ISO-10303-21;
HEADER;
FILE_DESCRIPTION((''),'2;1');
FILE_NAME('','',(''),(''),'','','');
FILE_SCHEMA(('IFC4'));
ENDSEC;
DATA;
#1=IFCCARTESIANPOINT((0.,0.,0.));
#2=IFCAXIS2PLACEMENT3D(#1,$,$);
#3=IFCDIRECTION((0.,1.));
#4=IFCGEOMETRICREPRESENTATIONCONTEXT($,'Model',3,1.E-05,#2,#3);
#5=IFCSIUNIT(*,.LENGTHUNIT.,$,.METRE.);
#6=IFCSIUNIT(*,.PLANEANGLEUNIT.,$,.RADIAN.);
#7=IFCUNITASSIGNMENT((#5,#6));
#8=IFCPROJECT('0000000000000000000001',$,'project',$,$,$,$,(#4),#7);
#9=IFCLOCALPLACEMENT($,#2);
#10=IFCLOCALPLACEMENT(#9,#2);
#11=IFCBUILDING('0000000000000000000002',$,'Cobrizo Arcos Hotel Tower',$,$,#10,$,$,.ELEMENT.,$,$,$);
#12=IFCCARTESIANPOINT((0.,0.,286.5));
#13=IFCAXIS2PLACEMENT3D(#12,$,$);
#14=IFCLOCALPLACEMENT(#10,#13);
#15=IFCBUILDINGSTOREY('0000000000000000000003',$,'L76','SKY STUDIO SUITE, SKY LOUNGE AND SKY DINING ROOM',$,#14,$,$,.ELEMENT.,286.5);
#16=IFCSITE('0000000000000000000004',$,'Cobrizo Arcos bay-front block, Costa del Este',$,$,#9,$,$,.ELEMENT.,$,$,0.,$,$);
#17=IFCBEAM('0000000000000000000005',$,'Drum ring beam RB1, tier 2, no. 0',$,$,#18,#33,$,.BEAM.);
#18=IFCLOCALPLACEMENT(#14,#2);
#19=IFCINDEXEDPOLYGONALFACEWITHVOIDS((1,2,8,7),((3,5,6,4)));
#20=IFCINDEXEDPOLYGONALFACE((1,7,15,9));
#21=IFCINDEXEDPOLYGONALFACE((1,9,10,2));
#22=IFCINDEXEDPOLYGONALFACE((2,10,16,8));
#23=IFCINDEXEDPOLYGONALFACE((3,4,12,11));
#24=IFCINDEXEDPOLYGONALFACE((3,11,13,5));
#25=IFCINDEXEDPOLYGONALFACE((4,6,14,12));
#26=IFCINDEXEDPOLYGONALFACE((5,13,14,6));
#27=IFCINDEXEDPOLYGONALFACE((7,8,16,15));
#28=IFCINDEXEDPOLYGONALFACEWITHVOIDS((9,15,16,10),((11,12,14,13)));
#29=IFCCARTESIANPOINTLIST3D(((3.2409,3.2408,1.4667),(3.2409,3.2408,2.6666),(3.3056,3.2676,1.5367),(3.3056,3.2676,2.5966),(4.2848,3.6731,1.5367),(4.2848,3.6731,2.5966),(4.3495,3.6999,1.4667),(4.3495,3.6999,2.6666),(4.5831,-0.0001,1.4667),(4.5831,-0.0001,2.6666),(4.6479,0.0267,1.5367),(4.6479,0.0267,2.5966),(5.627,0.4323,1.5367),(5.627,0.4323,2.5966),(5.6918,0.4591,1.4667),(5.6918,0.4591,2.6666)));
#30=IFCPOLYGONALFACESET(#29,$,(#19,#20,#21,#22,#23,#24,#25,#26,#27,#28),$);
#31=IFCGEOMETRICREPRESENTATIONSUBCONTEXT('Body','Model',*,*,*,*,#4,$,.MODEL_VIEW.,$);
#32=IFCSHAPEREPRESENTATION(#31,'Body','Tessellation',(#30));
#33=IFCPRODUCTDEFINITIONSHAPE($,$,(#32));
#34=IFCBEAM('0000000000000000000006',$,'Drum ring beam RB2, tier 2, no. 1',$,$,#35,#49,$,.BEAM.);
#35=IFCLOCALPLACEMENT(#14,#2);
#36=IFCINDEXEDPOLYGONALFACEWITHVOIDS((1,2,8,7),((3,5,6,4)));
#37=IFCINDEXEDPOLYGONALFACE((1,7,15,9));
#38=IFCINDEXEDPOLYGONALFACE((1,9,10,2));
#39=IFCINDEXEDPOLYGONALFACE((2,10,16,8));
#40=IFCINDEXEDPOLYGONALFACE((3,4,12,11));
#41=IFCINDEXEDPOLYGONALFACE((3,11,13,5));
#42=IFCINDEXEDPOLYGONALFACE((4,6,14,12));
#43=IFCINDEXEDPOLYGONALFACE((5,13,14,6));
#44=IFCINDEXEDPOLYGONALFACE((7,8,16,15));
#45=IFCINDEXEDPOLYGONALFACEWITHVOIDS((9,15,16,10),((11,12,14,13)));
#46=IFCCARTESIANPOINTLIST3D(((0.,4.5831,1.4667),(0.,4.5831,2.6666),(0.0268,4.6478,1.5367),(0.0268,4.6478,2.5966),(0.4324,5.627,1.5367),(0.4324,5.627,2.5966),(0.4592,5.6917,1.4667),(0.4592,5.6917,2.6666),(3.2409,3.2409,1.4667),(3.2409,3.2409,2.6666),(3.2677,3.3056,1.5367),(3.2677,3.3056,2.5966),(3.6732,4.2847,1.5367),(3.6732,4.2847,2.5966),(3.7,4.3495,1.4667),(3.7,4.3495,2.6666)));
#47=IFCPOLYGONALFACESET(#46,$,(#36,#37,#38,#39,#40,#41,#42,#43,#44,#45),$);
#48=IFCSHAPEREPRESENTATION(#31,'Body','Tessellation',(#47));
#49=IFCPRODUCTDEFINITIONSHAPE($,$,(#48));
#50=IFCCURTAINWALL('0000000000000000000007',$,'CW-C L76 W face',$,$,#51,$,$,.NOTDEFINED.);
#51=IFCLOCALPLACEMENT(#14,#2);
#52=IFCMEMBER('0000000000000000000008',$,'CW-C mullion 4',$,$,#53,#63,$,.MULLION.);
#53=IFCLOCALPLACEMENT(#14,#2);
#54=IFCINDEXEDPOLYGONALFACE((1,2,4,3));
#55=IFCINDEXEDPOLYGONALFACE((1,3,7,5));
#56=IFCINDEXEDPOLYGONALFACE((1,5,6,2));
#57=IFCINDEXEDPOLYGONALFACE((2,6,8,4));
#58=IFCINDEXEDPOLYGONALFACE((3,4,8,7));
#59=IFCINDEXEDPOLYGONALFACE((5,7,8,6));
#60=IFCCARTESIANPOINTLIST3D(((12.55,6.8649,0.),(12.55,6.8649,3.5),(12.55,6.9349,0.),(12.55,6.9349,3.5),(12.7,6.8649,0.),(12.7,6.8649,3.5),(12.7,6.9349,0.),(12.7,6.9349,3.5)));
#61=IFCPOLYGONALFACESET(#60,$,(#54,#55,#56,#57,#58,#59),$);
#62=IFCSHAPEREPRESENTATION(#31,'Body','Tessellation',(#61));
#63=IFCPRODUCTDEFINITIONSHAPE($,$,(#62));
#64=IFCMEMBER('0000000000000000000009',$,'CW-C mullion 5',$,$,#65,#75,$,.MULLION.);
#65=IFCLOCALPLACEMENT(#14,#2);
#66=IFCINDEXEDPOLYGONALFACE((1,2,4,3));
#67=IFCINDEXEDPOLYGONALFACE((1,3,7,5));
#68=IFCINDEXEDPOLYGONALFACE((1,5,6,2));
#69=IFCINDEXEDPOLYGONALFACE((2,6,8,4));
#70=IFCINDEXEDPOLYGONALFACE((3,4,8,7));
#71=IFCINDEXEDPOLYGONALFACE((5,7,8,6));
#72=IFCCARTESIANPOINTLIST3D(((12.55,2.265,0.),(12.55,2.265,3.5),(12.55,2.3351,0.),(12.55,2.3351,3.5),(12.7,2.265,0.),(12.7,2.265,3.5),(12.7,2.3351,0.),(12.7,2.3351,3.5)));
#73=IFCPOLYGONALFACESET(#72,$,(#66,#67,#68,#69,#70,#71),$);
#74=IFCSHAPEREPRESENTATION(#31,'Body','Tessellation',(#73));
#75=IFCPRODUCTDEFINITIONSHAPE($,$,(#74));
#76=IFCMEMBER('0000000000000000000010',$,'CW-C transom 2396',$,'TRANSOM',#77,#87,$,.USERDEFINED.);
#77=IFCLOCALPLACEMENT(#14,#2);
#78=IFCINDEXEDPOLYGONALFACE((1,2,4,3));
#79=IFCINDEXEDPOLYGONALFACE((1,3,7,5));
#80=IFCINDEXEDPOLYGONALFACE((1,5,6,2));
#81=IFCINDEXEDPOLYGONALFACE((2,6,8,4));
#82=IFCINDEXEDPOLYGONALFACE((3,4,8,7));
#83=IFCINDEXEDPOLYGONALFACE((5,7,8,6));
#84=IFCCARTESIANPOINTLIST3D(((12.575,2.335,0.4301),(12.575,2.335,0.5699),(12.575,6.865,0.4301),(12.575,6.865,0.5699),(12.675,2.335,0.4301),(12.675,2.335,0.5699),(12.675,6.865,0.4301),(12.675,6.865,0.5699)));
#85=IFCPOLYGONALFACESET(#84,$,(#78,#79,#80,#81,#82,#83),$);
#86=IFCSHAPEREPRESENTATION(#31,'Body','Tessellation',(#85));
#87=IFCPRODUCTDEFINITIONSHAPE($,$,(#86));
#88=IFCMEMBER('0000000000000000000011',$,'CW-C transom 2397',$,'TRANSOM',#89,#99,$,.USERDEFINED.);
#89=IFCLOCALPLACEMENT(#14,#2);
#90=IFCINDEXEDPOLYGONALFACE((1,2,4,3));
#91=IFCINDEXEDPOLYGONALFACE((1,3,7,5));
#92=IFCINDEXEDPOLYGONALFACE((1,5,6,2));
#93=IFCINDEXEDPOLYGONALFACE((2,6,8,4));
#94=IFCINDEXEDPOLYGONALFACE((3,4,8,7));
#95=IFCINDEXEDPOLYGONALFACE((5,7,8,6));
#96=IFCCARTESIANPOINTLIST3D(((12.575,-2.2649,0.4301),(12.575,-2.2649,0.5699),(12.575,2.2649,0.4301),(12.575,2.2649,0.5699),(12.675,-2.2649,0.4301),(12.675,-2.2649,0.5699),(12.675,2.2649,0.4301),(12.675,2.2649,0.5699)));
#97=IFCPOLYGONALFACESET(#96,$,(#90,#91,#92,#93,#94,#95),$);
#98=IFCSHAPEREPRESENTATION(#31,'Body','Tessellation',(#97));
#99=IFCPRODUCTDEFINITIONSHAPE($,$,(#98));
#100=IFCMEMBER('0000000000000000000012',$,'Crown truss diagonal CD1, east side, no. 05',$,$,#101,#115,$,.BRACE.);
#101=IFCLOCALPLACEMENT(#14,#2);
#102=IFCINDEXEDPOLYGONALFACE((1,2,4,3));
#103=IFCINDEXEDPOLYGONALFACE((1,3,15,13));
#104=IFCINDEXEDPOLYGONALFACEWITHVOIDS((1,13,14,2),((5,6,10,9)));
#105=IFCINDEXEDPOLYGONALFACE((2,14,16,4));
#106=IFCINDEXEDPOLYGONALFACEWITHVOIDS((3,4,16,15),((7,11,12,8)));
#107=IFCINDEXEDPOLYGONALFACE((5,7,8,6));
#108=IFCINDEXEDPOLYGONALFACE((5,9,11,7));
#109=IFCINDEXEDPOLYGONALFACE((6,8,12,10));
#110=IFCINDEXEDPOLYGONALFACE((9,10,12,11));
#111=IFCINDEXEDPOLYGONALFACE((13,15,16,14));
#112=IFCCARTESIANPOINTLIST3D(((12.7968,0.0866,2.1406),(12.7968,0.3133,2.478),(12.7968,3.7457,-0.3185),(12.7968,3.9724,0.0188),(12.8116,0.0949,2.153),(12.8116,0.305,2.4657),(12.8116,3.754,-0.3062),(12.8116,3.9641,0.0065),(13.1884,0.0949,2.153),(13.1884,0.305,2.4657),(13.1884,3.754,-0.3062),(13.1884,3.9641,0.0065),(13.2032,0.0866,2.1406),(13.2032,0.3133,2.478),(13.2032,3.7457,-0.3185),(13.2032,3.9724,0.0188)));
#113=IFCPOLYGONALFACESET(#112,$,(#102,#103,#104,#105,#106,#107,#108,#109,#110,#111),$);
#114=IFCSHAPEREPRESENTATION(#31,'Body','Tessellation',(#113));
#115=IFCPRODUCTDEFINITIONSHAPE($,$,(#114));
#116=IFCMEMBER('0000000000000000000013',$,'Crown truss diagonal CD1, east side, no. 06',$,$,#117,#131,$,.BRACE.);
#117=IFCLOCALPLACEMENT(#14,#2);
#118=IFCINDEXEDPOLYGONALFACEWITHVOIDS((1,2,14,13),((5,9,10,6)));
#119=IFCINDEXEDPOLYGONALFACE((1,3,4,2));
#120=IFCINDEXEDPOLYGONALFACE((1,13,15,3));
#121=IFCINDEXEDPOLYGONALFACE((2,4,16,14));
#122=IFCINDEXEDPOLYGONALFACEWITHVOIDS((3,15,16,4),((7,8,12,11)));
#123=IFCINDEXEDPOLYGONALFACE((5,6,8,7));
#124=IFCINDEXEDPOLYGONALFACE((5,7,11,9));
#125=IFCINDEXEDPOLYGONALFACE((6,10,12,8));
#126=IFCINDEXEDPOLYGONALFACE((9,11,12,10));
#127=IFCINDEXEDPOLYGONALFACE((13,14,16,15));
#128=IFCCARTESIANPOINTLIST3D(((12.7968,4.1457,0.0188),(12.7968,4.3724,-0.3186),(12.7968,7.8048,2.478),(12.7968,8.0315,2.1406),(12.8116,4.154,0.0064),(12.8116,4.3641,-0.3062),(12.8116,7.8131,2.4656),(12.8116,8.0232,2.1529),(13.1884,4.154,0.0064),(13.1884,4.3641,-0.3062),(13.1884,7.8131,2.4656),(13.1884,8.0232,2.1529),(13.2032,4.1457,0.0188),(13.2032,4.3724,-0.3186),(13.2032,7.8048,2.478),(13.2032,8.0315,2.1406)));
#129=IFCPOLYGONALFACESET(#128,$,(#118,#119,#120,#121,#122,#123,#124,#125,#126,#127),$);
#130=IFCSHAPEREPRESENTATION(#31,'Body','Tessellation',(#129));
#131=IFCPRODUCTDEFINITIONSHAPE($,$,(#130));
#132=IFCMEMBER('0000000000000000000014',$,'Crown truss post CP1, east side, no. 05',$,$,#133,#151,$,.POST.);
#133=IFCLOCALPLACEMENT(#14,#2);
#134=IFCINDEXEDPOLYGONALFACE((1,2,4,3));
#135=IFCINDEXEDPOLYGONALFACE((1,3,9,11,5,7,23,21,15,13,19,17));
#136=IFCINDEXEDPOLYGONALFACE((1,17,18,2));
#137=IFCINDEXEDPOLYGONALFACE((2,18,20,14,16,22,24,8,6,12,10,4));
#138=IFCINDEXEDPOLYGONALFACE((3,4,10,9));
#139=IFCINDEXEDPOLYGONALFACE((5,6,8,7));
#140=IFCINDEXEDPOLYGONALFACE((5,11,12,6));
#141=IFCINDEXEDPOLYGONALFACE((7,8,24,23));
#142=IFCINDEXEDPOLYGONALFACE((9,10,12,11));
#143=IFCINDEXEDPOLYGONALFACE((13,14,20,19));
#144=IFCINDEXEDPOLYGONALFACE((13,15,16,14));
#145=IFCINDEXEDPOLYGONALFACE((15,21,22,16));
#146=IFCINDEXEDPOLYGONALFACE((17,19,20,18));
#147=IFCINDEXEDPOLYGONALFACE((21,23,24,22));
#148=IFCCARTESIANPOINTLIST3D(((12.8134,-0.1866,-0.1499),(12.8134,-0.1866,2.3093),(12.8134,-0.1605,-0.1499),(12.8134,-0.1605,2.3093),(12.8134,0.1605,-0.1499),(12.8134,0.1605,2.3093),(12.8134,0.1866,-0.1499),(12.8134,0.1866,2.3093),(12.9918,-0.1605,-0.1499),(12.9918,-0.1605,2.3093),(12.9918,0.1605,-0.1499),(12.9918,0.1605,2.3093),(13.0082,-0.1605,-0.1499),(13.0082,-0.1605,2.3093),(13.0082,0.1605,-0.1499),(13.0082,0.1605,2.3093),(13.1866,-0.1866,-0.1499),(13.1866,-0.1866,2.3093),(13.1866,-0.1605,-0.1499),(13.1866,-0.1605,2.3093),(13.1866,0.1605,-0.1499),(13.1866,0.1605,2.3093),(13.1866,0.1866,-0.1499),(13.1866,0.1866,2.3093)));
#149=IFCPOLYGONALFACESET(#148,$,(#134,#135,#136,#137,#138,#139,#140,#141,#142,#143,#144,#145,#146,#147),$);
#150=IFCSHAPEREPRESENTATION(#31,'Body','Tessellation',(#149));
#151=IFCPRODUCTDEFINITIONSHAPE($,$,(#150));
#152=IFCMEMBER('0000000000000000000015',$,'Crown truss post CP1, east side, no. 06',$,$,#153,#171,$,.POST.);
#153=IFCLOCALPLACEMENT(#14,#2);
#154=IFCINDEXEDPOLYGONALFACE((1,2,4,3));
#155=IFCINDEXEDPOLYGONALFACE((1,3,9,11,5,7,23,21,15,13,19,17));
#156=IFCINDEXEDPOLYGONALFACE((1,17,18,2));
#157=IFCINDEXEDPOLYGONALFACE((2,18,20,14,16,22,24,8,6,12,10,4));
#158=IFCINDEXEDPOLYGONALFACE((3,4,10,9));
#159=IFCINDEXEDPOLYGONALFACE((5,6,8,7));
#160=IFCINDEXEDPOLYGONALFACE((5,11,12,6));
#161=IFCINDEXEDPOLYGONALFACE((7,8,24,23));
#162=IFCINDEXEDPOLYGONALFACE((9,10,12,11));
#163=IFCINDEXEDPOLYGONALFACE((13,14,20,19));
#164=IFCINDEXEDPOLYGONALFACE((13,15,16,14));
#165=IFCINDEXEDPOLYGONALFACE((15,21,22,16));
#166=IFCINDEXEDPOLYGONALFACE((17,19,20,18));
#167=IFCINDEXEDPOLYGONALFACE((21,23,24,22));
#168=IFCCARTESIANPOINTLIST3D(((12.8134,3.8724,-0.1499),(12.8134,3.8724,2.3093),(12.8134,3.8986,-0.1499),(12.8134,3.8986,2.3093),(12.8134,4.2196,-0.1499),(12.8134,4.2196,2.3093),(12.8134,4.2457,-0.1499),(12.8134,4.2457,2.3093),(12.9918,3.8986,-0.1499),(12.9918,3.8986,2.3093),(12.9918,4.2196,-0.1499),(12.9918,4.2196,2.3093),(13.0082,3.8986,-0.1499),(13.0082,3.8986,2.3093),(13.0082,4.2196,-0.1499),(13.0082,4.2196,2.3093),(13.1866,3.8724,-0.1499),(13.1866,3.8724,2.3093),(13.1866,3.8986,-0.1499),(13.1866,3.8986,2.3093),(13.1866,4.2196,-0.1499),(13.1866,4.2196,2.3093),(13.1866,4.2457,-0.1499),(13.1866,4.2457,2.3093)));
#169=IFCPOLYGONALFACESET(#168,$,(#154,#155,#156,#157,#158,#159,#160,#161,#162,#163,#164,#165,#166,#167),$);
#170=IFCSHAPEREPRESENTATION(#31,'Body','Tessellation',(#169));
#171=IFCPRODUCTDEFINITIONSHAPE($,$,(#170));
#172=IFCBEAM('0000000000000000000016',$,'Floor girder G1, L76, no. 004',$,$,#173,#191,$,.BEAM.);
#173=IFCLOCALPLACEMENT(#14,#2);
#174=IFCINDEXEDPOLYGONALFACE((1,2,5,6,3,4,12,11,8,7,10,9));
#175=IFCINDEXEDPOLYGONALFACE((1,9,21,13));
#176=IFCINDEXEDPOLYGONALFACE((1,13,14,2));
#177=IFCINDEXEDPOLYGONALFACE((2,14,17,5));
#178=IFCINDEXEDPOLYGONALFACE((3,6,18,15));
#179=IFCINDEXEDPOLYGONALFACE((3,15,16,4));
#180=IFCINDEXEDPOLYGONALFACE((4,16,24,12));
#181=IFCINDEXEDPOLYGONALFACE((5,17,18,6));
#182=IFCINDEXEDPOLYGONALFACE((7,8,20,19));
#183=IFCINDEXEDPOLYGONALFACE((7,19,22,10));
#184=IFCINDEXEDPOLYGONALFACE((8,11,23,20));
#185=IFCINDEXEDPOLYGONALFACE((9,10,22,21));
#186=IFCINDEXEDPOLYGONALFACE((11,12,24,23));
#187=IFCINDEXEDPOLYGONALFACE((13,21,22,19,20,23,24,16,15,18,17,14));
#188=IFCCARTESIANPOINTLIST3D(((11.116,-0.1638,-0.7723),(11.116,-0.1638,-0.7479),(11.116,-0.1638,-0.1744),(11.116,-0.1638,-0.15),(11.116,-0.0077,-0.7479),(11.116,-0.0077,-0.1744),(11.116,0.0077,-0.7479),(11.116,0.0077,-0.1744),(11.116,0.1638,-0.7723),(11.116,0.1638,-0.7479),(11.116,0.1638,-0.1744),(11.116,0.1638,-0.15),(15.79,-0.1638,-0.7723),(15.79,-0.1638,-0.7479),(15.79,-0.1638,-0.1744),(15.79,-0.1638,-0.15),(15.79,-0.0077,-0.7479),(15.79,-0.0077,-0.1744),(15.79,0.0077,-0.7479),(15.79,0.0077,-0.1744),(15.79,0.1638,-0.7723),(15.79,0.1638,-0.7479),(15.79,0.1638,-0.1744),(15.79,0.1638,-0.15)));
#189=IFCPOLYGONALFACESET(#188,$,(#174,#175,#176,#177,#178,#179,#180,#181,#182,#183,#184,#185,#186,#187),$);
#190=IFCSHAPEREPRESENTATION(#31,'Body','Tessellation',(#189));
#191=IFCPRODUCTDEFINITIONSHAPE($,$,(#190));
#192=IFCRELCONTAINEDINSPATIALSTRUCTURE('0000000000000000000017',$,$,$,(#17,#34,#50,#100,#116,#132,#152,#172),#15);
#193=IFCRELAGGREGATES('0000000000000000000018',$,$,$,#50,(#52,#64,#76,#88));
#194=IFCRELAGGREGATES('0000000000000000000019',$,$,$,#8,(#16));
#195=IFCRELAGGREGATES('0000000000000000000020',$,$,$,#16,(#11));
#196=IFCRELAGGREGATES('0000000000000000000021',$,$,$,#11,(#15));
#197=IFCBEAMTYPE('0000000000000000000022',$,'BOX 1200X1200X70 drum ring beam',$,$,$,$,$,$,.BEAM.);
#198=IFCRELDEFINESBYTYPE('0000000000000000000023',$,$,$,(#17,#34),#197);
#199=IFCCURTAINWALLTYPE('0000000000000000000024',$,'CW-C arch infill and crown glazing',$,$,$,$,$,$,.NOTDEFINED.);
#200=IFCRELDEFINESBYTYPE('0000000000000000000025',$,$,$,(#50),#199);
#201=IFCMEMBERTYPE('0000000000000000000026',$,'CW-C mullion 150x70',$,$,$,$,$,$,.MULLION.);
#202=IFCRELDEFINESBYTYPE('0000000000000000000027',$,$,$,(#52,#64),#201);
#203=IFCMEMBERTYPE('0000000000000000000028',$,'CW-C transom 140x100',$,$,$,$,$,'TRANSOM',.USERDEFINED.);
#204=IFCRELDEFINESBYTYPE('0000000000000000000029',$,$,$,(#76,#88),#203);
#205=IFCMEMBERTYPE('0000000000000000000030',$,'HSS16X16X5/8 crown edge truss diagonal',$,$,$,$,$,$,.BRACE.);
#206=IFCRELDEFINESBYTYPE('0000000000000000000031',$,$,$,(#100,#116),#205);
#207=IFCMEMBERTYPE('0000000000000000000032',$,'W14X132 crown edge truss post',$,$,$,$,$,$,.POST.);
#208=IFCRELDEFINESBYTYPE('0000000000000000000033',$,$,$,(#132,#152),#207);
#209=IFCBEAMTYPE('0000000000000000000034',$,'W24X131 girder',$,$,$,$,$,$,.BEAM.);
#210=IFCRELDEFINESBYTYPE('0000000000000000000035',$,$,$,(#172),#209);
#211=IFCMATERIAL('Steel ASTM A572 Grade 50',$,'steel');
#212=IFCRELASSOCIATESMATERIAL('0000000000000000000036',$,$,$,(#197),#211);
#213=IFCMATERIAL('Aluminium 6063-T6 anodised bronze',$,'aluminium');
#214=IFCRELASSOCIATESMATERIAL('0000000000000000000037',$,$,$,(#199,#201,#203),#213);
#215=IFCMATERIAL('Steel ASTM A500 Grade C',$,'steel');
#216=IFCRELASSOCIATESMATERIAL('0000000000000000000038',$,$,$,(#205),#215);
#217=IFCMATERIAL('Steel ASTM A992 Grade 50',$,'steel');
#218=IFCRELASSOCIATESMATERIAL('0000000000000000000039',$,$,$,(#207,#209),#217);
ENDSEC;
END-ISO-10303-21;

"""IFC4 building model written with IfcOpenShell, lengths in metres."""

from ifc_helpers import new_model, si_unit, direction, frame, origin, origin_2d, place, context, subcontext, project, spatial, rectangle, hollow_rectangle, i_section, extrude, material, material_profile, profile_set, type_object, element, aggregate, save


model = new_model("IFC4")

# Units and contexts
model_context = context("Model", 3, precision=1e-05, world=origin(), true_north=direction((0.0, 1.0)))
body_context = subcontext(model_context, "Body", "Model", "MODEL_VIEW")
ifc_project = project(units=[si_unit("LENGTHUNIT", "METRE"), si_unit("PLANEANGLEUNIT", "RADIAN")], contexts=[model_context])

# Site, building, storey
site_placement = place(None, origin())
site = spatial("IfcSite", under=ifc_project, at=site_placement, Name="Cobrizo Arcos bay-front block, Costa del Este", CompositionType="ELEMENT", RefElevation=0.0)
building_placement = place(site_placement, origin())
building = spatial("IfcBuilding", under=site, at=building_placement, Name="Cobrizo Arcos Hotel Tower", CompositionType="ELEMENT")
storey_placement = place(building_placement, frame((0.0, 0.0, 286.5)))
storey = spatial("IfcBuildingStorey", under=building, at=storey_placement, Name="L76", Description="SKY STUDIO SUITE, SKY LOUNGE AND SKY DINING ROOM", CompositionType="ELEMENT", Elevation=286.5)

# Shared definitions
ifc_material_1 = material(Name="Steel ASTM A500 Grade C", Category="steel")

# Beams
ifc_material_2 = material(Name="Steel ASTM A572 Grade 50", Category="steel")
ifc_material_profile_1 = material_profile(ifc_material_2, hollow_rectangle(XDim=1.2, YDim=1.2, WallThickness=0.0701, at=origin_2d()), Name="BOX 1200X1200X70")
ifc_profile_set_1 = profile_set([ifc_material_profile_1], Name="Steel ASTM A572 Grade 50")
beam_type_1 = type_object("IfcBeamType", Name="BOX 1200X1200X70 drum ring beam", PredefinedType="BEAM", material=ifc_profile_set_1)
for number, where, z_axis, x_axis, name in (
    (1, (5.1375, 0.2295, 2.0667), (-0.382643, 0.923896, 0.0), (-0.923896, -0.382643, 0.0), "Drum ring beam RB1, tier 2, no. 0"),
    (2, (3.4705, 3.7952, 2.0667), (-0.923896, 0.382643, 0.0), (-0.382643, -0.923896, 0.0), "Drum ring beam RB2, tier 2, no. 1"),
):
    element("IfcBeam", number, at=place(storey_placement, frame(where, z_axis=z_axis, x_axis=x_axis)), inside=storey, type_object=beam_type_1, Name=name, PredefinedType="BEAM", context=body_context, shape_type="SweptSolid", body=[
        extrude(hollow_rectangle(XDim=1.2, YDim=1.2, WallThickness=0.0701, at=origin_2d()), origin(), (0.0, 0.0, 1.0), 3.5078),
    ])

# Curtain wall, members
ifc_material_3 = material(Name="Aluminium 6063-T6 anodised bronze", Category="aluminium")
curtain_wall_type = type_object("IfcCurtainWallType", Name="CW-C arch infill and crown glazing", PredefinedType="NOTDEFINED", material=ifc_material_3)
curtain_wall_placement = place(storey_placement, origin())
curtain_wall = element("IfcCurtainWall", 3, at=curtain_wall_placement, inside=storey, type_object=curtain_wall_type, Name="CW-C L76 W face", PredefinedType="NOTDEFINED")
ifc_material_profile_2 = material_profile(ifc_material_3, rectangle(XDim=0.1499, YDim=0.0701, at=origin_2d()), Name="CW-C mullion 150x70")
ifc_profile_set_2 = profile_set([ifc_material_profile_2], Name="Aluminium 6063-T6 anodised bronze")
member_type_1 = type_object("IfcMemberType", Name="CW-C mullion 150x70", PredefinedType="MULLION", material=ifc_profile_set_2)
member_1_placement = place(storey_placement, frame((12.625, 6.8999, 0.0), z_axis=(0.0, 0.0, 1.0), x_axis=(-1.0, 0.0, 0.0)))
member_1 = element("IfcMember", 4, at=member_1_placement, type_object=member_type_1, Name="CW-C mullion 4", PredefinedType="MULLION", context=body_context, shape_type="SweptSolid", body=[
    extrude(rectangle(XDim=0.1499, YDim=0.0701, at=origin_2d()), origin(), (0.0, 0.0, 1.0), 3.5),
])
member_2_placement = place(storey_placement, frame((12.625, 2.3, 0.0), z_axis=(0.0, 0.0, 1.0), x_axis=(-1.0, 0.0, 0.0)))
member_2 = element("IfcMember", 5, at=member_2_placement, type_object=member_type_1, Name="CW-C mullion 5", PredefinedType="MULLION", context=body_context, shape_type="SweptSolid", body=[
    extrude(rectangle(XDim=0.1499, YDim=0.0701, at=origin_2d()), origin(), (0.0, 0.0, 1.0), 3.5),
])
ifc_material_profile_3 = material_profile(ifc_material_3, rectangle(XDim=0.1001, YDim=0.1399, at=origin_2d()), Name="CW-C transom 140x100")
ifc_profile_set_3 = profile_set([ifc_material_profile_3], Name="Aluminium 6063-T6 anodised bronze")
member_type_2 = type_object("IfcMemberType", Name="CW-C transom 140x100", ElementType="TRANSOM", PredefinedType="USERDEFINED", material=ifc_profile_set_3)
member_3_placement = place(storey_placement, frame((12.625, 6.865, 0.5), z_axis=(0.0, -1.0, 0.0), x_axis=(1.0, 0.0, 0.0)))
member_3 = element("IfcMember", 6, at=member_3_placement, type_object=member_type_2, Name="CW-C transom 2396", ObjectType="TRANSOM", PredefinedType="USERDEFINED", context=body_context, shape_type="SweptSolid", body=[
    extrude(rectangle(XDim=0.1001, YDim=0.1399, at=origin_2d()), origin(), (0.0, 0.0, 1.0), 4.53),
])
member_4_placement = place(storey_placement, frame((12.625, 2.2649, 0.5), z_axis=(0.0, -1.0, 0.0), x_axis=(1.0, 0.0, 0.0)))
member_4 = element("IfcMember", 7, at=member_4_placement, type_object=member_type_2, Name="CW-C transom 2397", ObjectType="TRANSOM", PredefinedType="USERDEFINED", context=body_context, shape_type="SweptSolid", body=[
    extrude(rectangle(XDim=0.1001, YDim=0.1399, at=origin_2d()), origin(), (0.0, 0.0, 1.0), 4.5298),
])

# Members
ifc_material_profile_4 = material_profile(ifc_material_1, hollow_rectangle(XDim=0.4065, YDim=0.4065, WallThickness=0.0149, at=origin_2d()), Name="HSS16X16X5/8")
ifc_profile_set_4 = profile_set([ifc_material_profile_4], Name="Steel ASTM A500 Grade C")
member_type_3 = type_object("IfcMemberType", Name="HSS16X16X5/8 crown edge truss diagonal", PredefinedType="BRACE", material=ifc_profile_set_4)
for number, where, z_axis, x_axis, name in (
    (8, (13.0, 0.2, 2.3093), (0.0, 0.829974, -0.557802), (-1.0, 0.0, 0.0), "Crown truss diagonal CD1, east side, no. 05"),
    (9, (13.0, 4.259, -0.1499), (0.0, 0.829974, 0.557802), (-1.0, 0.0, 0.0), "Crown truss diagonal CD1, east side, no. 06"),
):
    element("IfcMember", number, at=place(storey_placement, frame(where, z_axis=z_axis, x_axis=x_axis)), inside=storey, type_object=member_type_3, Name=name, PredefinedType="BRACE", context=body_context, shape_type="SweptSolid", body=[
        extrude(hollow_rectangle(XDim=0.4065, YDim=0.4065, WallThickness=0.0149, at=origin_2d()), origin(), (0.0, 0.0, 1.0), 4.4087),
    ])
ifc_material_4 = material(Name="Steel ASTM A992 Grade 50", Category="steel")
ifc_material_profile_5 = material_profile(ifc_material_4, i_section(OverallWidth=0.3733, OverallDepth=0.3733, WebThickness=0.0164, FlangeThickness=0.0261, at=origin_2d()), Name="W14X132")
ifc_profile_set_5 = profile_set([ifc_material_profile_5], Name="Steel ASTM A992 Grade 50")
member_type_4 = type_object("IfcMemberType", Name="W14X132 crown edge truss post", PredefinedType="POST", material=ifc_profile_set_5)
for number, where, z_axis, x_axis, name in (
    (10, (13.0, 0.0, -0.1499), (0.0, 0.0, 1.0), (1.0, 0.0, 0.0), "Crown truss post CP1, east side, no. 05"),
    (11, (13.0, 4.0591, -0.1499), (0.0, 0.0, 1.0), (1.0, 0.0, 0.0), "Crown truss post CP1, east side, no. 06"),
):
    element("IfcMember", number, at=place(storey_placement, frame(where, z_axis=z_axis, x_axis=x_axis)), inside=storey, type_object=member_type_4, Name=name, PredefinedType="POST", context=body_context, shape_type="SweptSolid", body=[
        extrude(i_section(OverallWidth=0.3733, OverallDepth=0.3733, WebThickness=0.0164, FlangeThickness=0.0261, at=origin_2d()), origin(), (0.0, 0.0, 1.0), 2.4592),
    ])

# Beam
ifc_material_profile_6 = material_profile(ifc_material_4, i_section(OverallWidth=0.3276, OverallDepth=0.6223, WebThickness=0.0154, FlangeThickness=0.0244, at=origin_2d()), Name="W24X131")
ifc_profile_set_6 = profile_set([ifc_material_profile_6], Name="Steel ASTM A992 Grade 50")
beam_type_2 = type_object("IfcBeamType", Name="W24X131 girder", PredefinedType="BEAM", material=ifc_profile_set_6)
beam_placement = place(storey_placement, frame((11.116, 0.0, -0.4612), z_axis=(1.0, 0.0, 0.0), x_axis=(0.0, 1.0, 0.0)))
element("IfcBeam", 12, at=beam_placement, inside=storey, type_object=beam_type_2, Name="Floor girder G1, L76, no. 004", PredefinedType="BEAM", context=body_context, shape_type="SweptSolid", body=[
    extrude(i_section(OverallWidth=0.3276, OverallDepth=0.6223, WebThickness=0.0154, FlangeThickness=0.0244, at=origin_2d()), origin(), (0.0, 0.0, 1.0), 4.6741),
])

aggregate(curtain_wall, [member_1, member_2, member_3, member_4])

save(model, "model.ifc")
